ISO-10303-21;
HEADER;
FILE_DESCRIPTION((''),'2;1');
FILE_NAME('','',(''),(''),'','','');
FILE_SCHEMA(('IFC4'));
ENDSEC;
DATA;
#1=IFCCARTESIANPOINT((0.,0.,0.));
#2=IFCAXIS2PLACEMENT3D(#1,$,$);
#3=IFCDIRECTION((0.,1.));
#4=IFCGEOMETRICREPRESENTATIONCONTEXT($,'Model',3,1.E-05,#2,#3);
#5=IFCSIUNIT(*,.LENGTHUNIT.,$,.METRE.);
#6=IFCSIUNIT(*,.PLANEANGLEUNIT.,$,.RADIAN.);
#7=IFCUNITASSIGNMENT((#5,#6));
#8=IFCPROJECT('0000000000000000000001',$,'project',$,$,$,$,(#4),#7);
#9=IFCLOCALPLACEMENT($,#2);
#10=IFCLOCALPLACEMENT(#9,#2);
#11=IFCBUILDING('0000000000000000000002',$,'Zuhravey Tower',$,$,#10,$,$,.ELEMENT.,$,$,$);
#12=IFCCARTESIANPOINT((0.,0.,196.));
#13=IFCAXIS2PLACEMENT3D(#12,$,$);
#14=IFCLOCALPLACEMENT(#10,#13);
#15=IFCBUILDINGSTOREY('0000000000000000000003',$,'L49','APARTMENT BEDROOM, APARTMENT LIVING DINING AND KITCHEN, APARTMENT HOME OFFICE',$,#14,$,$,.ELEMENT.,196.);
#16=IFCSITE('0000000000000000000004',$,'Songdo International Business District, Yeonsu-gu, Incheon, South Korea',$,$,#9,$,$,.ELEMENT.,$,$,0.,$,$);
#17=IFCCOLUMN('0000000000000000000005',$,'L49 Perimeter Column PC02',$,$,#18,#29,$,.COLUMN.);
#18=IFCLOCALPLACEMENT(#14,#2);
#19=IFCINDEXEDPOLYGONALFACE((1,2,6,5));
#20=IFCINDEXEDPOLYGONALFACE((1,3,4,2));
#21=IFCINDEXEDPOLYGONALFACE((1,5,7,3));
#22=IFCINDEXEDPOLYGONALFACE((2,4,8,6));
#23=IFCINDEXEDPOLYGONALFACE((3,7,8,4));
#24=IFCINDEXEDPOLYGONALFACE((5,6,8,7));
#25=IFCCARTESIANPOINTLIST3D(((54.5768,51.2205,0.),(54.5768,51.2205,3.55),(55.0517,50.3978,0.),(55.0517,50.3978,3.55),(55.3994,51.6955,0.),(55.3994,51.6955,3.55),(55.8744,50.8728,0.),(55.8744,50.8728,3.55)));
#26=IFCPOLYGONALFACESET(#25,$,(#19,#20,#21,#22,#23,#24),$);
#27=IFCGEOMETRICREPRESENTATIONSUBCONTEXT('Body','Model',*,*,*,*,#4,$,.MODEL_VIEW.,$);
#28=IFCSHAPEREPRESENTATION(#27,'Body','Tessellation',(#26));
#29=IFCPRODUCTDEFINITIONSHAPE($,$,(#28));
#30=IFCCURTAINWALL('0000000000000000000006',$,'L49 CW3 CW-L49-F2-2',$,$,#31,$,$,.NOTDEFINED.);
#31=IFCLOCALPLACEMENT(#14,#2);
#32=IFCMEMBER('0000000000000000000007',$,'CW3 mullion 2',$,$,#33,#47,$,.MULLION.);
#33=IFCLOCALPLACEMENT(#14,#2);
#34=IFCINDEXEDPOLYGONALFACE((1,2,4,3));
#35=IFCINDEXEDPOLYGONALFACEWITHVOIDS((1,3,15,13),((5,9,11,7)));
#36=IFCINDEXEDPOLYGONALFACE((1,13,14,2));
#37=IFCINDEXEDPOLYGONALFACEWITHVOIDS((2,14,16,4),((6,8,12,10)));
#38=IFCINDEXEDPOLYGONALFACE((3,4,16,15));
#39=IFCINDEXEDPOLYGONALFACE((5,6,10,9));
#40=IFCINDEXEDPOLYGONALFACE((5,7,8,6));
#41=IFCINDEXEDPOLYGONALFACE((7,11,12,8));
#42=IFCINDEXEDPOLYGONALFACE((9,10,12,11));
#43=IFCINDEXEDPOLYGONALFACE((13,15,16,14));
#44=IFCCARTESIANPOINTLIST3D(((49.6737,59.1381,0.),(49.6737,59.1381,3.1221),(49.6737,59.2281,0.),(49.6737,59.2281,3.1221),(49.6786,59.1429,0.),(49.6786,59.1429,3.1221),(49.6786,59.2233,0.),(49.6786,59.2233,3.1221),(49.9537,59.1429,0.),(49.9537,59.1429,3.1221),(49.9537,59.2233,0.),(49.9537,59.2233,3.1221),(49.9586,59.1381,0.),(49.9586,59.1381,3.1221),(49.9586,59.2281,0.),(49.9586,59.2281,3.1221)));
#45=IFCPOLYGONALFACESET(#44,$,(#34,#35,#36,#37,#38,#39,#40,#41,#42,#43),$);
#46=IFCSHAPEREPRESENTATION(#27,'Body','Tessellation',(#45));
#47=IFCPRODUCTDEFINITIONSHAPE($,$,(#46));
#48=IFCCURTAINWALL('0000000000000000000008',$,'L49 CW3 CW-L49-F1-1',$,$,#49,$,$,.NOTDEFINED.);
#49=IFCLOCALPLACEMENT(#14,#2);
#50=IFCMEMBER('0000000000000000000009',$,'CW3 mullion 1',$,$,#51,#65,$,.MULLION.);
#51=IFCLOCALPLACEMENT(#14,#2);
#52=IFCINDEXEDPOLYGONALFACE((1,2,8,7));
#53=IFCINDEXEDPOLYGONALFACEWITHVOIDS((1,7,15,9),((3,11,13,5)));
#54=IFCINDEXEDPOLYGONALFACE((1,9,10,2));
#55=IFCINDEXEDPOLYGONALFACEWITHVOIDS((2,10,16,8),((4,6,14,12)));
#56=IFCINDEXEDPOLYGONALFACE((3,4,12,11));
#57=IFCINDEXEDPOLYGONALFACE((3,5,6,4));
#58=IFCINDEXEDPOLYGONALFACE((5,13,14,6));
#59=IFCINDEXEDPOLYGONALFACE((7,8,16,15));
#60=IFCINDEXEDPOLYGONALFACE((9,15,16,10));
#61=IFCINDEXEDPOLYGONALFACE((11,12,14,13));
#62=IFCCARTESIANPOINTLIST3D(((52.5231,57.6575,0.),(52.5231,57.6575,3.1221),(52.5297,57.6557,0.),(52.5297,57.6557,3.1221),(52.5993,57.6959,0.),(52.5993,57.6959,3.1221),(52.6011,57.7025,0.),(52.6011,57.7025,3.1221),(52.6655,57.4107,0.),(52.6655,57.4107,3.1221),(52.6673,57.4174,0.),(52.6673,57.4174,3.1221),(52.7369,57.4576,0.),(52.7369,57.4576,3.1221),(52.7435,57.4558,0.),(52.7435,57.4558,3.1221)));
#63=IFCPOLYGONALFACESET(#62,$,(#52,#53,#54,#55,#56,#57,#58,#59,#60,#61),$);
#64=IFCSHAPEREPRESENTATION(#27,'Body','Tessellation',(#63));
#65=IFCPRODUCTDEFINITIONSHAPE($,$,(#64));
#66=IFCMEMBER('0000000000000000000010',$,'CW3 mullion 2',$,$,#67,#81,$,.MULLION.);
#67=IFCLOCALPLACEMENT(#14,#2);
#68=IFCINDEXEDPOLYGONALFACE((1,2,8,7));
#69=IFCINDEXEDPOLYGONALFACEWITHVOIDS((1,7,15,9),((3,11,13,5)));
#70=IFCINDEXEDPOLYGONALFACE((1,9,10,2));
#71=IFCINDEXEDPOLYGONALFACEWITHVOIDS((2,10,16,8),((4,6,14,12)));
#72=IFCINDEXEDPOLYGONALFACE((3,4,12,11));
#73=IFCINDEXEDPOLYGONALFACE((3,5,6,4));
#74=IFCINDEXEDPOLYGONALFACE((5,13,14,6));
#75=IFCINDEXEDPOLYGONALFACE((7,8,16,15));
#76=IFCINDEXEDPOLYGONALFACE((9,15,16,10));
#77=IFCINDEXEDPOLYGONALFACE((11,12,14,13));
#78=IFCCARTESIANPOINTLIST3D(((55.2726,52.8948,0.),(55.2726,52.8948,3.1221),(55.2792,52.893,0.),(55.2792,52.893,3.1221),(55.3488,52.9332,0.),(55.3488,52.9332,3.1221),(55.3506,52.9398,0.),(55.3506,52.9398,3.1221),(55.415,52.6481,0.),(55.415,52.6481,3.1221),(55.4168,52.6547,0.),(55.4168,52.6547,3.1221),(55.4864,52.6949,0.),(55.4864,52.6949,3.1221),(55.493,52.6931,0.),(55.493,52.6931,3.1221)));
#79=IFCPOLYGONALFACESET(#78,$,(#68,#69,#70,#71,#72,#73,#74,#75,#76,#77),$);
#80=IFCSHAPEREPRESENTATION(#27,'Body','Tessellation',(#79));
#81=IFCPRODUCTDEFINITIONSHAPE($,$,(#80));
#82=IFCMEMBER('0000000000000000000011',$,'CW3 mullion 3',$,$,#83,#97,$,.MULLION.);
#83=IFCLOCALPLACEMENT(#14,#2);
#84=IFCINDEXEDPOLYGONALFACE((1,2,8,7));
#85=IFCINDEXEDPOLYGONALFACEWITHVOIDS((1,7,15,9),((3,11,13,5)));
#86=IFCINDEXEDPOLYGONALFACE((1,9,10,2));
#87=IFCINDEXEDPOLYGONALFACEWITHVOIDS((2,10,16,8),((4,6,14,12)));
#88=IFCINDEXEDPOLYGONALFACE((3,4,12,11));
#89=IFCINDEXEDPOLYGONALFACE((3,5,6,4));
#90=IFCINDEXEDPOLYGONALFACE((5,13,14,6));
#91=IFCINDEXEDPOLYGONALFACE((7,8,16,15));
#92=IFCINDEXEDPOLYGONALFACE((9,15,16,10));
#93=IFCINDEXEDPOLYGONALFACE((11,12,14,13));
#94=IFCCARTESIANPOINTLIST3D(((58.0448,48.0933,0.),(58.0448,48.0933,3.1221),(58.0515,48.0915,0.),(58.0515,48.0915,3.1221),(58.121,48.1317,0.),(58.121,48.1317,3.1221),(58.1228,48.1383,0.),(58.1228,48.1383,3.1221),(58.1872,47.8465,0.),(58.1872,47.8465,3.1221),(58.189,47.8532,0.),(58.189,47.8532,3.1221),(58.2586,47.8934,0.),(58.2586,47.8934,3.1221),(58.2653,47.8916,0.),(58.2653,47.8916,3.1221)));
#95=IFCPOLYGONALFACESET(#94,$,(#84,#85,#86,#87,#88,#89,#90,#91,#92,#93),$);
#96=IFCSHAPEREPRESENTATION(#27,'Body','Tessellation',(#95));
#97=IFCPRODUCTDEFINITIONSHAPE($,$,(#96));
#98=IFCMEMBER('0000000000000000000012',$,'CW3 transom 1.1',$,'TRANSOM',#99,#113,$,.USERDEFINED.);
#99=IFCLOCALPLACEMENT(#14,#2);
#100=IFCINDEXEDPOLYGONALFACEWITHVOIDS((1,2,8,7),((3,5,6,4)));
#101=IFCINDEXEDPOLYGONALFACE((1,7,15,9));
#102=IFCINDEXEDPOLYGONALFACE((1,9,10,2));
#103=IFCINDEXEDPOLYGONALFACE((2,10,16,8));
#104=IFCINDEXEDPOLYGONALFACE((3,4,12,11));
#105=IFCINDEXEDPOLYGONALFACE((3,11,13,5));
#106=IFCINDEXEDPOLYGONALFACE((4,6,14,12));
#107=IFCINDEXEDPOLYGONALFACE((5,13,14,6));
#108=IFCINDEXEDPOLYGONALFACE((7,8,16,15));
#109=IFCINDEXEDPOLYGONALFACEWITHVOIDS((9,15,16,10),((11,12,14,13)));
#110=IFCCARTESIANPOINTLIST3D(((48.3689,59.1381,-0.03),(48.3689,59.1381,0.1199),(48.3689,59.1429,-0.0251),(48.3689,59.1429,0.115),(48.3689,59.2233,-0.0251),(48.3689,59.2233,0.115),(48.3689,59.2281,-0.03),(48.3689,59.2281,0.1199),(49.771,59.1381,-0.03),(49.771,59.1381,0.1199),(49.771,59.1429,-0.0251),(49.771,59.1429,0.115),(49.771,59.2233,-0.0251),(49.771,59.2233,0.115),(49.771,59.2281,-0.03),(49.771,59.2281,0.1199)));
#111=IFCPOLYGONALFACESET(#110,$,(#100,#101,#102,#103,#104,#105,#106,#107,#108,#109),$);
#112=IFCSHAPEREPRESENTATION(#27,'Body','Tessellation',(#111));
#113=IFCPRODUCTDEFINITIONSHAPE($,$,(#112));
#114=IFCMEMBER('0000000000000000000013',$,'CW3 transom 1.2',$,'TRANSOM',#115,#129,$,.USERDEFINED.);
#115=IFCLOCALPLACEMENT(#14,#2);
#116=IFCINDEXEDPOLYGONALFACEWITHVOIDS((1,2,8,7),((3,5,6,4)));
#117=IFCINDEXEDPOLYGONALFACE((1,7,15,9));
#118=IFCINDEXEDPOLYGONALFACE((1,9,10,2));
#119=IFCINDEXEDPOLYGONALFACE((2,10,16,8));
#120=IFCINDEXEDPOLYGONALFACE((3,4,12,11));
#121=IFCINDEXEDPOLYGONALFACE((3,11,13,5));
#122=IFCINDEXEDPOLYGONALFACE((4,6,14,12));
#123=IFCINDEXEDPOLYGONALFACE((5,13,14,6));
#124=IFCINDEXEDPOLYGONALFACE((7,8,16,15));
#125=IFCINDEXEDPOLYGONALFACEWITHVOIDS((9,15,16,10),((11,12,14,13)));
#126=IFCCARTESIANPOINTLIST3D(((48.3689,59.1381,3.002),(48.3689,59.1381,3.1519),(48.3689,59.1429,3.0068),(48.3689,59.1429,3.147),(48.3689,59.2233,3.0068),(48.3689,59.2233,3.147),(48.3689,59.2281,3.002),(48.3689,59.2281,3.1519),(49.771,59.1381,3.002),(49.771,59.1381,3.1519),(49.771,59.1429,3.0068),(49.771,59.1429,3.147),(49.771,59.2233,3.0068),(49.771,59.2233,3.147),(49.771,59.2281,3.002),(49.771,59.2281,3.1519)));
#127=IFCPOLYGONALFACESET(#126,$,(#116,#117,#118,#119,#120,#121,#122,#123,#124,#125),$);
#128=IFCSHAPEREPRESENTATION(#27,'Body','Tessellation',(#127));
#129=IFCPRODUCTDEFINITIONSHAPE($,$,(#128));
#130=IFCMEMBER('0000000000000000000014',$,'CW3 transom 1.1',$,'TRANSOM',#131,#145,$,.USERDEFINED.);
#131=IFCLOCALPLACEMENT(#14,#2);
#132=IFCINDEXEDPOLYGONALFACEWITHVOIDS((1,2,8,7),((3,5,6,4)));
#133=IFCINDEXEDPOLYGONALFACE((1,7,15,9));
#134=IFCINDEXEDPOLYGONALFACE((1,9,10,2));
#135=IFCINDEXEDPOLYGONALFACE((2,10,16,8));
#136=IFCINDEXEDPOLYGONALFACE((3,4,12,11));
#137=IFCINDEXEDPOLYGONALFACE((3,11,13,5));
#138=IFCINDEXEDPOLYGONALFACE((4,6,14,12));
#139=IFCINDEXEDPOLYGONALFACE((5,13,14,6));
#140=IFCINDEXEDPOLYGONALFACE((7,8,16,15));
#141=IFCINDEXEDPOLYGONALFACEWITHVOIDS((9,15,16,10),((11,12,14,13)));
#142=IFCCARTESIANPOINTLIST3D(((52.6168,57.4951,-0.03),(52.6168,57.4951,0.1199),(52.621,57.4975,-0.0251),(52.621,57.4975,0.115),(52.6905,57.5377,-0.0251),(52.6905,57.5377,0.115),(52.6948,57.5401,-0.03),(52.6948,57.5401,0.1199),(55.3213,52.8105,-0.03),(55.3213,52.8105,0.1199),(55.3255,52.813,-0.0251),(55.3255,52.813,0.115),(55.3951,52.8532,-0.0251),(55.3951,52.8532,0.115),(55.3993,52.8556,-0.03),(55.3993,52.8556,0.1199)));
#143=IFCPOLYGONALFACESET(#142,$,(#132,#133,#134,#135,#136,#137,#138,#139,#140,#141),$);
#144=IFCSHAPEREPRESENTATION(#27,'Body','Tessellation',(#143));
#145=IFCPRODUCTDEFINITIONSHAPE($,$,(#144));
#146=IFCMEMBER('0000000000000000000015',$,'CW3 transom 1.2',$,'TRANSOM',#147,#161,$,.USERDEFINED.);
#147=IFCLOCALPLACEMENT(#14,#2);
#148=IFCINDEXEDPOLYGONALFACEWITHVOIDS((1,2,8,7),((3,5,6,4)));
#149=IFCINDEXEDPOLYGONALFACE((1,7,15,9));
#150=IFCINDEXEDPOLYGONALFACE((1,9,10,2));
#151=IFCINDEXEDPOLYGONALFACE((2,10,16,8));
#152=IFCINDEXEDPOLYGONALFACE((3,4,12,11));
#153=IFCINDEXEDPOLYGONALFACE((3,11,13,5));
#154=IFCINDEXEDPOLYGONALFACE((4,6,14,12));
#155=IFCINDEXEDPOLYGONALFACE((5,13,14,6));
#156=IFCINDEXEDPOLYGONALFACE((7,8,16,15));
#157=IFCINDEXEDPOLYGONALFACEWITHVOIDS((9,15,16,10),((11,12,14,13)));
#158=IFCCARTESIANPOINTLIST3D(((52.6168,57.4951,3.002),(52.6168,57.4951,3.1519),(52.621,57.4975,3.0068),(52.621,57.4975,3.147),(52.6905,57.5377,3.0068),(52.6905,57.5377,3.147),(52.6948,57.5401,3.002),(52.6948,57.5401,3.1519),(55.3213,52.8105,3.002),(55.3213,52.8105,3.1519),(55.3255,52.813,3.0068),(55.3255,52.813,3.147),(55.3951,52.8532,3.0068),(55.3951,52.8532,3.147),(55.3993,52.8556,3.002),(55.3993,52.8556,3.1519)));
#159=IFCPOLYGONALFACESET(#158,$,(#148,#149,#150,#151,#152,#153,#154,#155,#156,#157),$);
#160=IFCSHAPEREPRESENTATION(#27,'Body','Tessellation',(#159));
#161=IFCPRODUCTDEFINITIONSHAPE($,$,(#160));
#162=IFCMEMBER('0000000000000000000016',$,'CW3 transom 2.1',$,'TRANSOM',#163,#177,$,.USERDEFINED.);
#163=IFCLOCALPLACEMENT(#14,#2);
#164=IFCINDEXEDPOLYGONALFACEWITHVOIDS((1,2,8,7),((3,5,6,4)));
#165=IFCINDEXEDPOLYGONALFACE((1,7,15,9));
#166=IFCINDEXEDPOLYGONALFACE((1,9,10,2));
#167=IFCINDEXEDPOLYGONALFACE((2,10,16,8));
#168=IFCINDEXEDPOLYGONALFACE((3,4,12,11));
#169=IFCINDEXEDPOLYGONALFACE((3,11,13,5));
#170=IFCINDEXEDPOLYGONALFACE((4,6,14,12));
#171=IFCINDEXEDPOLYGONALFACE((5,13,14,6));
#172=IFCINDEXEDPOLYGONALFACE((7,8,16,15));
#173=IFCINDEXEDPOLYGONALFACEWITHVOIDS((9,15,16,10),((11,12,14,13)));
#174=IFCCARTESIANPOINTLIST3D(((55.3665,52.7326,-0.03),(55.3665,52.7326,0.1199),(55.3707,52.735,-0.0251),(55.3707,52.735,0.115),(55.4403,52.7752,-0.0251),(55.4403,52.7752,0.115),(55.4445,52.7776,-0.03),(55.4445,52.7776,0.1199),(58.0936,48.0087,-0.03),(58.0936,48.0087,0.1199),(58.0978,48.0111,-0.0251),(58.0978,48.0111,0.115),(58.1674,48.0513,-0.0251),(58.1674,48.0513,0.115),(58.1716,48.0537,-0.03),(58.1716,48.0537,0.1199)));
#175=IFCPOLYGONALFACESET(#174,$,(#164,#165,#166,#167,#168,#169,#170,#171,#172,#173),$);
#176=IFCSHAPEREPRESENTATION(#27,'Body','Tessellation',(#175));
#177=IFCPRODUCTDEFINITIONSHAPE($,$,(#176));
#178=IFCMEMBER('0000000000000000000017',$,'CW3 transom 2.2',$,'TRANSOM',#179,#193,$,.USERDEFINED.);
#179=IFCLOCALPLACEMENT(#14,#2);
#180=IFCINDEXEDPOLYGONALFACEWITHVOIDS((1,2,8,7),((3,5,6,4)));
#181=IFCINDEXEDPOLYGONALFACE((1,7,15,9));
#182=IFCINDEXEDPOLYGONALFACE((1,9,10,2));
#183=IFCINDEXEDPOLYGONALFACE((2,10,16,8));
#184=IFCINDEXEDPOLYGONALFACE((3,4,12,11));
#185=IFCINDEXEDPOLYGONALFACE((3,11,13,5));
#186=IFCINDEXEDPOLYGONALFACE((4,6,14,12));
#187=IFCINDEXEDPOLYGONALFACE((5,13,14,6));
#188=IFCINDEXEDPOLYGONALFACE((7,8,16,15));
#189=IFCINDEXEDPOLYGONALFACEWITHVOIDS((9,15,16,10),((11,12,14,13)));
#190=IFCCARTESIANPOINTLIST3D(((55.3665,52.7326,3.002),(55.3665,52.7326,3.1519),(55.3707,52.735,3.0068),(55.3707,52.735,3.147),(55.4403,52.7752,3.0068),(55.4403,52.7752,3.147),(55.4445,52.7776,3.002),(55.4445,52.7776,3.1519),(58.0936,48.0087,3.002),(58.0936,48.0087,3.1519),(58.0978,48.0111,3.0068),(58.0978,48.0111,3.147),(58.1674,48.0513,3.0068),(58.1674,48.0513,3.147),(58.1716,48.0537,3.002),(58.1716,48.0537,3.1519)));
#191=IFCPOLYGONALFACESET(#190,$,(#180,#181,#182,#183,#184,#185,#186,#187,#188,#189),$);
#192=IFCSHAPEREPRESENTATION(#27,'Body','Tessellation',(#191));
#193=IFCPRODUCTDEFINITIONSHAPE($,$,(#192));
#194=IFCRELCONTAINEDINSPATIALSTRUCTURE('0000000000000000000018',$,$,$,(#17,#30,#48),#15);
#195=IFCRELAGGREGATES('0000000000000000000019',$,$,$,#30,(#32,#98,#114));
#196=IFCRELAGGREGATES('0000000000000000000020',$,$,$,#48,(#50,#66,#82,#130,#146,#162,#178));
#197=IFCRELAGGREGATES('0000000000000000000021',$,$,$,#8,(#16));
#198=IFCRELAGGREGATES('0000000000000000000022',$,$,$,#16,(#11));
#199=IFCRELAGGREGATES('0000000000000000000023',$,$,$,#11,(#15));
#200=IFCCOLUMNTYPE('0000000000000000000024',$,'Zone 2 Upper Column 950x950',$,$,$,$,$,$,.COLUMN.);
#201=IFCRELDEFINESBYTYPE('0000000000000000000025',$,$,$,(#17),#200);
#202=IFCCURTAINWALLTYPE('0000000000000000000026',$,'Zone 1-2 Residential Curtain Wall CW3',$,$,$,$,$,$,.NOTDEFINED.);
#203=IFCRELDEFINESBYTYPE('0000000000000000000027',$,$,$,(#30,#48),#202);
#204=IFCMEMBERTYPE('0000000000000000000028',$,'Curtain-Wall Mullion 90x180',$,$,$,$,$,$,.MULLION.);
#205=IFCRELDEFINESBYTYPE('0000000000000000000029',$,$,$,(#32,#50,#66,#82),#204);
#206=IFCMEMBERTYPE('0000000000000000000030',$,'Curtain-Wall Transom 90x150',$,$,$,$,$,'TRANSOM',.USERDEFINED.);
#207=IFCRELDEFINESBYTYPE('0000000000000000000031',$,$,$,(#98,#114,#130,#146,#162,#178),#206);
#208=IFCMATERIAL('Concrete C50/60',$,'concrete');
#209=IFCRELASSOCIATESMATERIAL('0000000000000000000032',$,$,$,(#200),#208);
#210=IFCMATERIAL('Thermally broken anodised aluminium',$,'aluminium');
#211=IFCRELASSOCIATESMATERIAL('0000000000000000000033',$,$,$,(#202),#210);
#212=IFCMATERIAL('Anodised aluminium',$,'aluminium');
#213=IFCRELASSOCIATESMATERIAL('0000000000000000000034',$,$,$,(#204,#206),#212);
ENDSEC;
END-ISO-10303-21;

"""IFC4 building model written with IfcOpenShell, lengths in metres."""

from ifc_helpers import new_model, si_unit, direction, frame, origin, origin_2d, place, context, subcontext, project, spatial, rectangle, hollow_rectangle, extrude, material, material_profile, profile_set, type_object, element, aggregate, save


model = new_model("IFC4")

# Units and contexts
model_context = context("Model", 3, precision=1e-05, world=origin(), true_north=direction((0.0, 1.0)))
body_context = subcontext(model_context, "Body", "Model", "MODEL_VIEW")
ifc_project = project(units=[si_unit("LENGTHUNIT", "METRE"), si_unit("PLANEANGLEUNIT", "RADIAN")], contexts=[model_context])

# Site, building, storey
site_placement = place(None, origin())
site = spatial("IfcSite", under=ifc_project, at=site_placement, Name="Songdo International Business District, Yeonsu-gu, Incheon, South Korea", CompositionType="ELEMENT", RefElevation=0.0)
building_placement = place(site_placement, origin())
building = spatial("IfcBuilding", under=site, at=building_placement, Name="Zuhravey Tower", CompositionType="ELEMENT")
storey_placement = place(building_placement, frame((0.0, 0.0, 196.0)))
storey = spatial("IfcBuildingStorey", under=building, at=storey_placement, Name="L49", Description="APARTMENT BEDROOM, APARTMENT LIVING DINING AND KITCHEN, APARTMENT HOME OFFICE", CompositionType="ELEMENT", Elevation=196.0)

# Column
ifc_material_1 = material(Name="Concrete C50/60", Category="concrete")
ifc_material_profile_1 = material_profile(ifc_material_1, rectangle(XDim=0.95, YDim=0.95, at=origin_2d()), Name="RC-950x950")
ifc_profile_set_1 = profile_set([ifc_material_profile_1], Name="Concrete C50/60")
column_type = type_object("IfcColumnType", Name="Zone 2 Upper Column 950x950", PredefinedType="COLUMN", material=ifc_profile_set_1)
column_placement = place(storey_placement, frame((55.2256, 51.0466, 0.0), z_axis=(0.0, 0.0, 1.0), x_axis=(-0.5, 0.866025, 0.0)))
element("IfcColumn", 1, at=column_placement, inside=storey, type_object=column_type, Name="L49 Perimeter Column PC02", PredefinedType="COLUMN", context=body_context, shape_type="SweptSolid", body=[
    extrude(rectangle(XDim=0.95, YDim=0.95, at=origin_2d()), origin(), (0.0, 0.0, 1.0), 3.55),
])

# Curtain wall, member
ifc_material_2 = material(Name="Thermally broken anodised aluminium", Category="aluminium")
curtain_wall_type = type_object("IfcCurtainWallType", Name="Zone 1-2 Residential Curtain Wall CW3", PredefinedType="NOTDEFINED", material=ifc_material_2)
curtain_wall_1_placement = place(storey_placement, origin())
curtain_wall_1 = element("IfcCurtainWall", 2, at=curtain_wall_1_placement, inside=storey, type_object=curtain_wall_type, Name="L49 CW3 CW-L49-F2-2", PredefinedType="NOTDEFINED")
ifc_material_3 = material(Name="Anodised aluminium", Category="aluminium")
ifc_material_profile_2 = material_profile(ifc_material_3, hollow_rectangle(XDim=0.0901, YDim=0.2849, WallThickness=0.0049, at=origin_2d()), Name="ALU-RHS-90x285x5")
ifc_profile_set_2 = profile_set([ifc_material_profile_2], Name="Anodised aluminium")
member_type_1 = type_object("IfcMemberType", Name="Curtain-Wall Mullion 90x180", PredefinedType="MULLION", material=ifc_profile_set_2)
member_1_placement = place(storey_placement, frame((49.8162, 59.1831, 0.0), z_axis=(0.0, 0.0, 1.0), x_axis=(0.0, 1.0, 0.0)))
member_1 = element("IfcMember", 3, at=member_1_placement, type_object=member_type_1, Name="CW3 mullion 2", PredefinedType="MULLION", context=body_context, shape_type="SweptSolid", body=[
    extrude(hollow_rectangle(XDim=0.0901, YDim=0.2849, WallThickness=0.0049, at=origin_2d()), origin(), (0.0, 0.0, 1.0), 3.1221),
])

# Curtain wall, members
curtain_wall_2_placement = place(storey_placement, origin())
curtain_wall_2 = element("IfcCurtainWall", 4, at=curtain_wall_2_placement, inside=storey, type_object=curtain_wall_type, Name="L49 CW3 CW-L49-F1-1", PredefinedType="NOTDEFINED")
member_2_placement = place(storey_placement, frame((52.6333, 57.5566, 0.0), z_axis=(0.0, 0.0, 1.0), x_axis=(0.866025, 0.5, 0.0)))
member_2 = element("IfcMember", 5, at=member_2_placement, type_object=member_type_1, Name="CW3 mullion 1", PredefinedType="MULLION", context=body_context, shape_type="SweptSolid", body=[
    extrude(hollow_rectangle(XDim=0.0901, YDim=0.2849, WallThickness=0.0049, at=origin_2d()), origin(), (0.0, 0.0, 1.0), 3.1221),
])
member_3_placement = place(storey_placement, frame((55.3828, 52.7939, 0.0), z_axis=(0.0, 0.0, 1.0), x_axis=(0.866025, 0.5, 0.0)))
member_3 = element("IfcMember", 6, at=member_3_placement, type_object=member_type_1, Name="CW3 mullion 2", PredefinedType="MULLION", context=body_context, shape_type="SweptSolid", body=[
    extrude(hollow_rectangle(XDim=0.0901, YDim=0.2849, WallThickness=0.0049, at=origin_2d()), origin(), (0.0, 0.0, 1.0), 3.1221),
])
member_4_placement = place(storey_placement, frame((58.155, 47.9924, 0.0), z_axis=(0.0, 0.0, 1.0), x_axis=(0.866025, 0.5, 0.0)))
member_4 = element("IfcMember", 7, at=member_4_placement, type_object=member_type_1, Name="CW3 mullion 3", PredefinedType="MULLION", context=body_context, shape_type="SweptSolid", body=[
    extrude(hollow_rectangle(XDim=0.0901, YDim=0.2849, WallThickness=0.0049, at=origin_2d()), origin(), (0.0, 0.0, 1.0), 3.1221),
])

# Members
ifc_material_profile_3 = material_profile(ifc_material_3, hollow_rectangle(XDim=0.0901, YDim=0.1499, WallThickness=0.0049, at=origin_2d()), Name="ALU-RHS-90x150x5")
ifc_profile_set_3 = profile_set([ifc_material_profile_3], Name="Anodised aluminium")
member_type_2 = type_object("IfcMemberType", Name="Curtain-Wall Transom 90x150", ElementType="TRANSOM", PredefinedType="USERDEFINED", material=ifc_profile_set_3)
member_5_placement = place(storey_placement, frame((48.3689, 59.1831, 0.0449), z_axis=(1.0, 0.0, 0.0), x_axis=(0.0, 1.0, 0.0)))
member_5 = element("IfcMember", 8, at=member_5_placement, type_object=member_type_2, Name="CW3 transom 1.1", ObjectType="TRANSOM", PredefinedType="USERDEFINED", context=body_context, shape_type="SweptSolid", body=[
    extrude(hollow_rectangle(XDim=0.0901, YDim=0.1499, WallThickness=0.0049, at=origin_2d()), origin(), (0.0, 0.0, 1.0), 1.4021),
])
member_6_placement = place(storey_placement, frame((48.3689, 59.1831, 3.0769), z_axis=(1.0, 0.0, 0.0), x_axis=(0.0, 1.0, 0.0)))
member_6 = element("IfcMember", 9, at=member_6_placement, type_object=member_type_2, Name="CW3 transom 1.2", ObjectType="TRANSOM", PredefinedType="USERDEFINED", context=body_context, shape_type="SweptSolid", body=[
    extrude(hollow_rectangle(XDim=0.0901, YDim=0.1499, WallThickness=0.0049, at=origin_2d()), origin(), (0.0, 0.0, 1.0), 1.4021),
])
member_7_placement = place(storey_placement, frame((52.6558, 57.5176, 0.0449), z_axis=(0.499993, -0.866029, 0.0), x_axis=(0.866029, 0.499993, 0.0)))
member_7 = element("IfcMember", 10, at=member_7_placement, type_object=member_type_2, Name="CW3 transom 1.1", ObjectType="TRANSOM", PredefinedType="USERDEFINED", context=body_context, shape_type="SweptSolid", body=[
    extrude(hollow_rectangle(XDim=0.0901, YDim=0.1499, WallThickness=0.0049, at=origin_2d()), origin(), (0.0, 0.0, 1.0), 5.4092),
])
member_8_placement = place(storey_placement, frame((52.6558, 57.5176, 3.0769), z_axis=(0.499993, -0.866029, 0.0), x_axis=(0.866029, 0.499993, 0.0)))
member_8 = element("IfcMember", 11, at=member_8_placement, type_object=member_type_2, Name="CW3 transom 1.2", ObjectType="TRANSOM", PredefinedType="USERDEFINED", context=body_context, shape_type="SweptSolid", body=[
    extrude(hollow_rectangle(XDim=0.0901, YDim=0.1499, WallThickness=0.0049, at=origin_2d()), origin(), (0.0, 0.0, 1.0), 5.4092),
])
member_9_placement = place(storey_placement, frame((55.4055, 52.7551, 0.0449), z_axis=(0.499961, -0.866048, 0.0), x_axis=(0.866048, 0.499961, 0.0)))
member_9 = element("IfcMember", 12, at=member_9_placement, type_object=member_type_2, Name="CW3 transom 2.1", ObjectType="TRANSOM", PredefinedType="USERDEFINED", context=body_context, shape_type="SweptSolid", body=[
    extrude(hollow_rectangle(XDim=0.0901, YDim=0.1499, WallThickness=0.0049, at=origin_2d()), origin(), (0.0, 0.0, 1.0), 5.4546),
])
member_10_placement = place(storey_placement, frame((55.4055, 52.7551, 3.0769), z_axis=(0.499961, -0.866048, 0.0), x_axis=(0.866048, 0.499961, 0.0)))
member_10 = element("IfcMember", 13, at=member_10_placement, type_object=member_type_2, Name="CW3 transom 2.2", ObjectType="TRANSOM", PredefinedType="USERDEFINED", context=body_context, shape_type="SweptSolid", body=[
    extrude(hollow_rectangle(XDim=0.0901, YDim=0.1499, WallThickness=0.0049, at=origin_2d()), origin(), (0.0, 0.0, 1.0), 5.4546),
])

aggregate(curtain_wall_1, [member_1, member_5, member_6])
aggregate(curtain_wall_2, [member_2, member_3, member_4, member_7, member_8, member_9, member_10])

save(model, "model.ifc")
